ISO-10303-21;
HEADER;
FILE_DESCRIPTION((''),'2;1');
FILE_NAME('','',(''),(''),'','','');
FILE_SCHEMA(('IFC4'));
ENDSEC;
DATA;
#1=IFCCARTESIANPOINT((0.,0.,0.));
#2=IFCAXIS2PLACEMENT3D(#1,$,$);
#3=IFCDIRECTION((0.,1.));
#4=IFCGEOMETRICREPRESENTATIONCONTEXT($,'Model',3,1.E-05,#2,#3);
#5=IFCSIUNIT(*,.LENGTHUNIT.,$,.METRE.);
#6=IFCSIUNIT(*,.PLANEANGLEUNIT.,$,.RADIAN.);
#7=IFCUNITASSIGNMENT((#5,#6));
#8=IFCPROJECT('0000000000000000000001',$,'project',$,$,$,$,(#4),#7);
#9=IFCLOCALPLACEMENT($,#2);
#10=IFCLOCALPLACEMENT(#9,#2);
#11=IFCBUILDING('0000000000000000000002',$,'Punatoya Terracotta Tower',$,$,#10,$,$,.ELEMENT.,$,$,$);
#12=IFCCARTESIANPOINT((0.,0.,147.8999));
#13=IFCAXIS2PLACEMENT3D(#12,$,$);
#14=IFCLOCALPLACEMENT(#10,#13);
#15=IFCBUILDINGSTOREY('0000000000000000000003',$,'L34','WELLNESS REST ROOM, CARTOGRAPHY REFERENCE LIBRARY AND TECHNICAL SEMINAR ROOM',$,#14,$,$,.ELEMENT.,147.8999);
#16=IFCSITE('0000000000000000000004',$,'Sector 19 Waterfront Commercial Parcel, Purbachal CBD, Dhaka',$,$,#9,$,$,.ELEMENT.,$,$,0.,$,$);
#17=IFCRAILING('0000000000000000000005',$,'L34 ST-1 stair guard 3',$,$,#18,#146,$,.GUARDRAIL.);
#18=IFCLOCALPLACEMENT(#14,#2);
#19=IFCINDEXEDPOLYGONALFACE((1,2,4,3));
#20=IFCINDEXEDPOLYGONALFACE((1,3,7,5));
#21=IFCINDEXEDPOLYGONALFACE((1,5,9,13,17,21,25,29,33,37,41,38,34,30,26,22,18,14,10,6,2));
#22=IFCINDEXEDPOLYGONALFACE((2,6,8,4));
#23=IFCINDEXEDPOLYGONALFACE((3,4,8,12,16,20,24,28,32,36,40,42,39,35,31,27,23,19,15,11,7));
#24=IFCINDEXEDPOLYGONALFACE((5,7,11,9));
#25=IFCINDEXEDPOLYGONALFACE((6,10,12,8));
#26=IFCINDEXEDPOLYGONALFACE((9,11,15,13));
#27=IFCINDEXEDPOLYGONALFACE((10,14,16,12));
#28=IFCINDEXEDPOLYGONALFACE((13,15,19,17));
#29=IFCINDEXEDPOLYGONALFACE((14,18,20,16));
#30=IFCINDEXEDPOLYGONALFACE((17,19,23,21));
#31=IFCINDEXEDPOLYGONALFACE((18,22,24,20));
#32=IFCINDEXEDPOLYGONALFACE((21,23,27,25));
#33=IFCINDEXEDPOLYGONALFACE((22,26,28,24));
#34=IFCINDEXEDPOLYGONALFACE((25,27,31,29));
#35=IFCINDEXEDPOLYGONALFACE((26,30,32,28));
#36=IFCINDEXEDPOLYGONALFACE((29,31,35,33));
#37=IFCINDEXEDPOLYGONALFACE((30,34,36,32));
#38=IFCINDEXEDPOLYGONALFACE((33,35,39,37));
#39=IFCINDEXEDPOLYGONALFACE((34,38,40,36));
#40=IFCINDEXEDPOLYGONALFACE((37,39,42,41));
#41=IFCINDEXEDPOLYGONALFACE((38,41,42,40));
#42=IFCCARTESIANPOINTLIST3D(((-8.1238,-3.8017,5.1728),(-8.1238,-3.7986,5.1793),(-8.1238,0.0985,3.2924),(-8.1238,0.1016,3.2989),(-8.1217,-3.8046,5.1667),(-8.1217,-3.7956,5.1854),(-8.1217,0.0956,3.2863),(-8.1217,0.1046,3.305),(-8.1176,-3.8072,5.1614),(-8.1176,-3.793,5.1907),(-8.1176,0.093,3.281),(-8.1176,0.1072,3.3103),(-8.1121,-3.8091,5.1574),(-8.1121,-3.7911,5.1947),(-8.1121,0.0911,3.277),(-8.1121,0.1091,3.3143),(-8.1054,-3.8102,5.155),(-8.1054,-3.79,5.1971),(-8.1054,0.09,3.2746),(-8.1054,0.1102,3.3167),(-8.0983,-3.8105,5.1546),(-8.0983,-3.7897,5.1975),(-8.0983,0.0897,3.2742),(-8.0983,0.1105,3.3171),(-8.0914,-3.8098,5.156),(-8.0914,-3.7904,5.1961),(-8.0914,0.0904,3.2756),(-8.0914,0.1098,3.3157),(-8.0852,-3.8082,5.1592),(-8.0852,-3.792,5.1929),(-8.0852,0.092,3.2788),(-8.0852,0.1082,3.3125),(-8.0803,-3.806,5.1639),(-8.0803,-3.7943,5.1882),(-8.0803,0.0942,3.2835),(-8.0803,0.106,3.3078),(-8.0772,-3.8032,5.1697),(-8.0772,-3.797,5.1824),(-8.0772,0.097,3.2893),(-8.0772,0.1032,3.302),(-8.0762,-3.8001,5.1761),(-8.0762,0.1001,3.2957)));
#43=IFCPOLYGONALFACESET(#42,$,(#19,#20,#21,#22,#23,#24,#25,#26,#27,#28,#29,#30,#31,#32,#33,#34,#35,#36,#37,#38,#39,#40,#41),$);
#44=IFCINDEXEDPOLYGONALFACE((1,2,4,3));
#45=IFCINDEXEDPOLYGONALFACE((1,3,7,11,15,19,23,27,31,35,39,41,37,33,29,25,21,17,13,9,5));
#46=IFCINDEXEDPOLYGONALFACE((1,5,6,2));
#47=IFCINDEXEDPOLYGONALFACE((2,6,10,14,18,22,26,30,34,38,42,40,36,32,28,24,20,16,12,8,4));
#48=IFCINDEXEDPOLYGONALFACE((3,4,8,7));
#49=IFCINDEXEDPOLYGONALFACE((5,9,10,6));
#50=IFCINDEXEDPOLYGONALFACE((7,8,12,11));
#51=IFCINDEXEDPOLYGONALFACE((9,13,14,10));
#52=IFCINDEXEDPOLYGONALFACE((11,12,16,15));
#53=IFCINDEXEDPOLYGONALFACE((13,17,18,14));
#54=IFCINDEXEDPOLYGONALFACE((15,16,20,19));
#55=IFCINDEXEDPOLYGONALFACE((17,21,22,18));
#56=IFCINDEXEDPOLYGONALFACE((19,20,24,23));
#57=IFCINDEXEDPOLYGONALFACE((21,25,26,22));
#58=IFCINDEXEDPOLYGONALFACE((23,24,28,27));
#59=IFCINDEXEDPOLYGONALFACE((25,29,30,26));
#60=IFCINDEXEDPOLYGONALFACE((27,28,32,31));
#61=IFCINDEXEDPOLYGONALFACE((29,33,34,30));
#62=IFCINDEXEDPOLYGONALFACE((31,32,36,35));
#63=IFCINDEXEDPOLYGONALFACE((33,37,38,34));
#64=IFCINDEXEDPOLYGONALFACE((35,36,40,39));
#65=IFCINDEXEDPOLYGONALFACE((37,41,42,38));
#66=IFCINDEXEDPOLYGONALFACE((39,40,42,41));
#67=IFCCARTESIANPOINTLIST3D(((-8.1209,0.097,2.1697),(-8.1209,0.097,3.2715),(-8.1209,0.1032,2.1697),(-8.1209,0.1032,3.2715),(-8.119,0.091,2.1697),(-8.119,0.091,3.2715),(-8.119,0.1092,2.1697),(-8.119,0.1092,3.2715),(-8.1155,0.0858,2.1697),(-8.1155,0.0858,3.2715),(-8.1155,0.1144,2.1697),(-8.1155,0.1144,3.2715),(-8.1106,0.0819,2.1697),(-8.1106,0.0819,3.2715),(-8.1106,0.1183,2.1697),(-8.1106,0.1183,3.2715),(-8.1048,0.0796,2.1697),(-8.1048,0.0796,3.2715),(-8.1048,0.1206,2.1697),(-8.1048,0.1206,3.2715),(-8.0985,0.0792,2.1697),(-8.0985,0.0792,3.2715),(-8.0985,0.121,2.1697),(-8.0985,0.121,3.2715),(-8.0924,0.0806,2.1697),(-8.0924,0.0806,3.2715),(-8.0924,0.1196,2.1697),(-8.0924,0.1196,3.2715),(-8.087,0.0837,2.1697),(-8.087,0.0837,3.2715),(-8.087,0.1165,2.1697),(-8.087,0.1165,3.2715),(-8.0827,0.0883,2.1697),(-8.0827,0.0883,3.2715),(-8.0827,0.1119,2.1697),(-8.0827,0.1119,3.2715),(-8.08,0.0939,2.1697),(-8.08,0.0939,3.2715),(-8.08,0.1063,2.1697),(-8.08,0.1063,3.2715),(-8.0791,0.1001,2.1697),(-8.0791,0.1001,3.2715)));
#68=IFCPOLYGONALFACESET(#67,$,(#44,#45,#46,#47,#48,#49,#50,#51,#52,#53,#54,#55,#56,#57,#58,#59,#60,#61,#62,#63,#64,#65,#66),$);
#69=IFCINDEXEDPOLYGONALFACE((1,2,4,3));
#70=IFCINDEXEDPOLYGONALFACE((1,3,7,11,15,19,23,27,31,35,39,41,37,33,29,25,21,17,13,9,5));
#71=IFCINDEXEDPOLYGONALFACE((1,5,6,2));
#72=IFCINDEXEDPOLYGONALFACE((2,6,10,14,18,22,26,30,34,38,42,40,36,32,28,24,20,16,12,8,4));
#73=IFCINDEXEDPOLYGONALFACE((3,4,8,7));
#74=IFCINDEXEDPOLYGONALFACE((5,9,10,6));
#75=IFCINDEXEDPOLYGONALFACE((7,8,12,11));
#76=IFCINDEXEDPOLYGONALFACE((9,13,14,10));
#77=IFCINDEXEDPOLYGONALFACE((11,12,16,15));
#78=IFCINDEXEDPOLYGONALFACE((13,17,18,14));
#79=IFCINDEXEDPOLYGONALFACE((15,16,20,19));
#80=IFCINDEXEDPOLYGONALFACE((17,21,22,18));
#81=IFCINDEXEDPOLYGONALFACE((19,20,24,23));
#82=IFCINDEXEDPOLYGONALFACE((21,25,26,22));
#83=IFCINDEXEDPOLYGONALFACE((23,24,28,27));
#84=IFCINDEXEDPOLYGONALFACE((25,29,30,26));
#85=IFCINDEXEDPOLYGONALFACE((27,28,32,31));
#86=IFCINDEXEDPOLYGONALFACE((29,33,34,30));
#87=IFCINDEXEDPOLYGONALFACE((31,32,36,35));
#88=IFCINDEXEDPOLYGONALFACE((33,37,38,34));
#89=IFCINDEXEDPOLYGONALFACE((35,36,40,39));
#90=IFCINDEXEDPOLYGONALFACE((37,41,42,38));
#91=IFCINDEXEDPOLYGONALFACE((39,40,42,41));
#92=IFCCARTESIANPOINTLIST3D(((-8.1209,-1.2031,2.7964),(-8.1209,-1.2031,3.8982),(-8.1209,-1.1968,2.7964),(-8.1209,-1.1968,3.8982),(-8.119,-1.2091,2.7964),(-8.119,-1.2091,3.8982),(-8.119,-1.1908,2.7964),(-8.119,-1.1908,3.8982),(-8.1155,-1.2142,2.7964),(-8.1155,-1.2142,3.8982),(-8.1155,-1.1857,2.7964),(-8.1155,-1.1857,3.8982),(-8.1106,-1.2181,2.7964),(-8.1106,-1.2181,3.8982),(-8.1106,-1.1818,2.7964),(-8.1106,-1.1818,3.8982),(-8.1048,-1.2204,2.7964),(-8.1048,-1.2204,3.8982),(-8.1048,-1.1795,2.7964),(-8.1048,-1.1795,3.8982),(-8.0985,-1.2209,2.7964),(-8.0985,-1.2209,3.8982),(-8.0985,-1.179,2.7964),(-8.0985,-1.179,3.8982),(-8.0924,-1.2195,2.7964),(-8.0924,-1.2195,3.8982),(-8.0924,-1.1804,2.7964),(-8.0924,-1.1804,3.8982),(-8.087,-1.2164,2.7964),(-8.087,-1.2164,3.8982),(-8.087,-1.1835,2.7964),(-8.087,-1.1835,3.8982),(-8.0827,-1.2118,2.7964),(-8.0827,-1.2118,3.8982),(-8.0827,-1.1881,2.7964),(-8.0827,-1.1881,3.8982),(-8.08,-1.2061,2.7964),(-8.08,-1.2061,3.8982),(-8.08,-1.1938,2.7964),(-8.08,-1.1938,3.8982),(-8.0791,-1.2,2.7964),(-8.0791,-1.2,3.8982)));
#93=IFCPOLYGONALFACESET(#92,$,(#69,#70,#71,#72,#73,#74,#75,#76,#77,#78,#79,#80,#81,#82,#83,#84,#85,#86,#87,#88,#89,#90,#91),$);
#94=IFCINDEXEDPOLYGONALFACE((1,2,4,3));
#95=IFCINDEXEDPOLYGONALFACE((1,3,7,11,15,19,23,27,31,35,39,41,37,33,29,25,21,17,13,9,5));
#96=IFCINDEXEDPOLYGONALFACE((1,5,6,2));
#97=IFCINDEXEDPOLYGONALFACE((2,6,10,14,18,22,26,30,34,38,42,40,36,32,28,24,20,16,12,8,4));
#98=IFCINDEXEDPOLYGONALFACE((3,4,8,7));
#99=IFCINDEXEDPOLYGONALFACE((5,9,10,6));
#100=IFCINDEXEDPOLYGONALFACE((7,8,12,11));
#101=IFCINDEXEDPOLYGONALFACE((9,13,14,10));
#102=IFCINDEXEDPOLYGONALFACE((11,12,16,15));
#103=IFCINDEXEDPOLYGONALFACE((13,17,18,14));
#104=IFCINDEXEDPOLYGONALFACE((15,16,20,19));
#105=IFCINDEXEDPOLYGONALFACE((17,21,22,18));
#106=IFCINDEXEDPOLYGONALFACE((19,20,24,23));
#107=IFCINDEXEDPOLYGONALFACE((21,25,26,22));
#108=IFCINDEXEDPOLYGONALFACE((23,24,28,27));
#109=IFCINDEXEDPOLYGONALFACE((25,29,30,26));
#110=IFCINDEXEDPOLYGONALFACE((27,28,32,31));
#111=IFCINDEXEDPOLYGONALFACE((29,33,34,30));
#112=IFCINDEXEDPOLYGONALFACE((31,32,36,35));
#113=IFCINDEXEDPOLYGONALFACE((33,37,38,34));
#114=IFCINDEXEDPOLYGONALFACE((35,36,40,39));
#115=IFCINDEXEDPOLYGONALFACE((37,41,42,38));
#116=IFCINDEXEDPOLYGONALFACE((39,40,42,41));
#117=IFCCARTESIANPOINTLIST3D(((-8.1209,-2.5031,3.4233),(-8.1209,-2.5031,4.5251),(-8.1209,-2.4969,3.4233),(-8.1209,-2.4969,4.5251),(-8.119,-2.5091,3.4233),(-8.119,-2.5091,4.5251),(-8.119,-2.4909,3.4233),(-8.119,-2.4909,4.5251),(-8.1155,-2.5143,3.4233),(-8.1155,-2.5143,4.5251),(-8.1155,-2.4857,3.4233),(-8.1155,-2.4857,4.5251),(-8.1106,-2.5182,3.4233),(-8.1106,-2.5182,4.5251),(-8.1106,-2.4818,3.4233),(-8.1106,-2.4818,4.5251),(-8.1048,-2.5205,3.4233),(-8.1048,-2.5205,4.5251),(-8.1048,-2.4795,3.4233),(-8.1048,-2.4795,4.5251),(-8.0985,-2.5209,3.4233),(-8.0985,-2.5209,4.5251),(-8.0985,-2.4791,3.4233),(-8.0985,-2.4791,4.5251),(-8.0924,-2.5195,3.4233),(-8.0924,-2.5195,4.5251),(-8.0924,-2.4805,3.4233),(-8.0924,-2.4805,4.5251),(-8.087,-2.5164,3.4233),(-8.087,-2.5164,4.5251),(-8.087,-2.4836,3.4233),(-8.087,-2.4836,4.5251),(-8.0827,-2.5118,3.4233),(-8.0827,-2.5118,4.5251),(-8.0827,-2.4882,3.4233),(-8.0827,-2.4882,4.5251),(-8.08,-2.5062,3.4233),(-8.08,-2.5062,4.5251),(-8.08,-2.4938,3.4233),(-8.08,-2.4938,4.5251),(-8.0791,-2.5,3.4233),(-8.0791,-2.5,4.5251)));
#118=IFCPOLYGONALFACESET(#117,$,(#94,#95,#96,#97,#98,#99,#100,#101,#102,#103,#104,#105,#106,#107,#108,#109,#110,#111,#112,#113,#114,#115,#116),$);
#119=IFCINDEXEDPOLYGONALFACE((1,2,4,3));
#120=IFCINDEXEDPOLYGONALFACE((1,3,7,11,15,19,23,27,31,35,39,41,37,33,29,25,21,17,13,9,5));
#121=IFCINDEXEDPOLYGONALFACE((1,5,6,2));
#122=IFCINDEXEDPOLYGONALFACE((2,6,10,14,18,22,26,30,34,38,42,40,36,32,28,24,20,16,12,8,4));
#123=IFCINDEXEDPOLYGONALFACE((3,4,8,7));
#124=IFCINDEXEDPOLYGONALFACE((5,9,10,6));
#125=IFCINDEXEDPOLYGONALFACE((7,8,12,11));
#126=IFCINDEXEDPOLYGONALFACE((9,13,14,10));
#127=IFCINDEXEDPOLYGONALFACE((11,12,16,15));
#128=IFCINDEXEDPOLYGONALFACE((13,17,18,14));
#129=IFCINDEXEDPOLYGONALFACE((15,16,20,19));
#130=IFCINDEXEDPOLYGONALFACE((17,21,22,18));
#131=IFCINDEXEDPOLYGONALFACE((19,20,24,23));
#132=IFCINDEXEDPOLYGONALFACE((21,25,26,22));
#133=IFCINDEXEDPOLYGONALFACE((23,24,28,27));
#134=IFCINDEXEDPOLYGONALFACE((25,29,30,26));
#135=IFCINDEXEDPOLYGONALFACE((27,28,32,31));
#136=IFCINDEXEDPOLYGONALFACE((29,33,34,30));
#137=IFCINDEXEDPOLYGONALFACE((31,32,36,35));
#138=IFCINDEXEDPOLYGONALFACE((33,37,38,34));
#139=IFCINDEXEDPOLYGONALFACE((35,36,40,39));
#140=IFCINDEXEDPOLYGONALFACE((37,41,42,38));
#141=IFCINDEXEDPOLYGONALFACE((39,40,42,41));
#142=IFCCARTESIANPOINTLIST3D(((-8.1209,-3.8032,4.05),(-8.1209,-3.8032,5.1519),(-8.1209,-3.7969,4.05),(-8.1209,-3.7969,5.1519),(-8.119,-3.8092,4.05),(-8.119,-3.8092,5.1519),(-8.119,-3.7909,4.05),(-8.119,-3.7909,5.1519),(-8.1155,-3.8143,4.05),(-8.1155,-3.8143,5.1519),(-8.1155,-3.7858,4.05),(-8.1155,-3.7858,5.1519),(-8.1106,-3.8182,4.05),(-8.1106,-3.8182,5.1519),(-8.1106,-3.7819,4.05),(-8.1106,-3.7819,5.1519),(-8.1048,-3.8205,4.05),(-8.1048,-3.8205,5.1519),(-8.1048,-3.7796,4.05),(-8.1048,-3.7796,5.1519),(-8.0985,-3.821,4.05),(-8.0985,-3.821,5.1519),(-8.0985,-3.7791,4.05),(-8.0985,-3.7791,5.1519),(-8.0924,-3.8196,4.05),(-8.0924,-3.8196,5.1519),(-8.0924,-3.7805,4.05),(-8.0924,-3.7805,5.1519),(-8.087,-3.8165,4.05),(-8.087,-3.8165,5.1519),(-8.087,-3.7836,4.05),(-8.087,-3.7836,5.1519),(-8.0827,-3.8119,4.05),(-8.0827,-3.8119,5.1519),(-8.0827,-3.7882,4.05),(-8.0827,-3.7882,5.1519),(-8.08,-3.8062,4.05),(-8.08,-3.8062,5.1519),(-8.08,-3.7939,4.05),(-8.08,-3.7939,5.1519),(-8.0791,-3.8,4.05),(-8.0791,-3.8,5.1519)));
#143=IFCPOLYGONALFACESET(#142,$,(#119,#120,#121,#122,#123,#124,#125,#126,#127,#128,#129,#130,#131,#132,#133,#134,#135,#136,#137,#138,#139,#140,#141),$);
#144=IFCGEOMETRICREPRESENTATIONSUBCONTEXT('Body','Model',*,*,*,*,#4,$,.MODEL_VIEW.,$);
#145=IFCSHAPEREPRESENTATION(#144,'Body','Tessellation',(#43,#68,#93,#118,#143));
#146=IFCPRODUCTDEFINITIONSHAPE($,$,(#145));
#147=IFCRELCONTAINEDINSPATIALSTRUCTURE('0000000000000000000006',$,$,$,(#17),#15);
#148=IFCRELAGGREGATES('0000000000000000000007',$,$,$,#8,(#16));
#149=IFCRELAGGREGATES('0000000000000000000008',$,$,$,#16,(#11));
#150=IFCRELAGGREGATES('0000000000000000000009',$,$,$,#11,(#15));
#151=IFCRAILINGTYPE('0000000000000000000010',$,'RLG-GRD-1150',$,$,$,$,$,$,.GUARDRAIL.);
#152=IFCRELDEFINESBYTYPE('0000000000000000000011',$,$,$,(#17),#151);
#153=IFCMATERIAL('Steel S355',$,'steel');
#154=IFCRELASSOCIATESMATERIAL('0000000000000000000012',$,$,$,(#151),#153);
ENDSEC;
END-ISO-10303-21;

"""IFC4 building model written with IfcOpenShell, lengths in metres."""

from ifc_helpers import new_model, si_unit, direction, frame, origin, origin_2d, place, context, subcontext, project, spatial, circle, extrude, material, type_object, element, save


model = new_model("IFC4")

# Units and contexts
model_context = context("Model", 3, precision=1e-05, world=origin(), true_north=direction((0.0, 1.0)))
body_context = subcontext(model_context, "Body", "Model", "MODEL_VIEW")
ifc_project = project(units=[si_unit("LENGTHUNIT", "METRE"), si_unit("PLANEANGLEUNIT", "RADIAN")], contexts=[model_context])

# Site, building, storey
site_placement = place(None, origin())
site = spatial("IfcSite", under=ifc_project, at=site_placement, Name="Sector 19 Waterfront Commercial Parcel, Purbachal CBD, Dhaka", CompositionType="ELEMENT", RefElevation=0.0)
building_placement = place(site_placement, origin())
building = spatial("IfcBuilding", under=site, at=building_placement, Name="Punatoya Terracotta Tower", CompositionType="ELEMENT")
storey_placement = place(building_placement, frame((0.0, 0.0, 147.8999)))
storey = spatial("IfcBuildingStorey", under=building, at=storey_placement, Name="L34", Description="WELLNESS REST ROOM, CARTOGRAPHY REFERENCE LIBRARY AND TECHNICAL SEMINAR ROOM", CompositionType="ELEMENT", Elevation=147.8999)

# Shared definitions
ifc_material_1 = material(Name="Steel S355", Category="steel")

# Railing
railing_type = type_object("IfcRailingType", Name="RLG-GRD-1150", PredefinedType="GUARDRAIL", material=ifc_material_1)
railing_1_placement = place(storey_placement, frame((-8.1001, 0.1001, 2.1697)))
element("IfcRailing", 1, at=railing_1_placement, inside=storey, type_object=railing_type, Name="L34 ST-1 stair guard 3", PredefinedType="GUARDRAIL", context=body_context, shape_type="SweptSolid", body=[
    extrude(circle(Radius=0.0239, at=origin_2d()), frame((0.0, 0.0, 1.126), z_axis=(0.0, -0.900774, 0.434289), x_axis=(1.0, 0.0, 0.0)), (0.0, 0.0, 1.0), 4.3298),
    extrude(circle(Radius=0.021, at=origin_2d()), origin(), (0.0, 0.0, 1.0), 1.1018),
    extrude(circle(Radius=0.021, at=origin_2d()), frame((0.0, -1.3, 0.6267)), (0.0, 0.0, 1.0), 1.1018),
    extrude(circle(Radius=0.021, at=origin_2d()), frame((0.0, -2.6001, 1.2537)), (0.0, 0.0, 1.0), 1.1018),
    extrude(circle(Radius=0.021, at=origin_2d()), frame((0.0, -3.9001, 1.8804)), (0.0, 0.0, 1.0), 1.1018),
])

save(model, "model.ifc")
